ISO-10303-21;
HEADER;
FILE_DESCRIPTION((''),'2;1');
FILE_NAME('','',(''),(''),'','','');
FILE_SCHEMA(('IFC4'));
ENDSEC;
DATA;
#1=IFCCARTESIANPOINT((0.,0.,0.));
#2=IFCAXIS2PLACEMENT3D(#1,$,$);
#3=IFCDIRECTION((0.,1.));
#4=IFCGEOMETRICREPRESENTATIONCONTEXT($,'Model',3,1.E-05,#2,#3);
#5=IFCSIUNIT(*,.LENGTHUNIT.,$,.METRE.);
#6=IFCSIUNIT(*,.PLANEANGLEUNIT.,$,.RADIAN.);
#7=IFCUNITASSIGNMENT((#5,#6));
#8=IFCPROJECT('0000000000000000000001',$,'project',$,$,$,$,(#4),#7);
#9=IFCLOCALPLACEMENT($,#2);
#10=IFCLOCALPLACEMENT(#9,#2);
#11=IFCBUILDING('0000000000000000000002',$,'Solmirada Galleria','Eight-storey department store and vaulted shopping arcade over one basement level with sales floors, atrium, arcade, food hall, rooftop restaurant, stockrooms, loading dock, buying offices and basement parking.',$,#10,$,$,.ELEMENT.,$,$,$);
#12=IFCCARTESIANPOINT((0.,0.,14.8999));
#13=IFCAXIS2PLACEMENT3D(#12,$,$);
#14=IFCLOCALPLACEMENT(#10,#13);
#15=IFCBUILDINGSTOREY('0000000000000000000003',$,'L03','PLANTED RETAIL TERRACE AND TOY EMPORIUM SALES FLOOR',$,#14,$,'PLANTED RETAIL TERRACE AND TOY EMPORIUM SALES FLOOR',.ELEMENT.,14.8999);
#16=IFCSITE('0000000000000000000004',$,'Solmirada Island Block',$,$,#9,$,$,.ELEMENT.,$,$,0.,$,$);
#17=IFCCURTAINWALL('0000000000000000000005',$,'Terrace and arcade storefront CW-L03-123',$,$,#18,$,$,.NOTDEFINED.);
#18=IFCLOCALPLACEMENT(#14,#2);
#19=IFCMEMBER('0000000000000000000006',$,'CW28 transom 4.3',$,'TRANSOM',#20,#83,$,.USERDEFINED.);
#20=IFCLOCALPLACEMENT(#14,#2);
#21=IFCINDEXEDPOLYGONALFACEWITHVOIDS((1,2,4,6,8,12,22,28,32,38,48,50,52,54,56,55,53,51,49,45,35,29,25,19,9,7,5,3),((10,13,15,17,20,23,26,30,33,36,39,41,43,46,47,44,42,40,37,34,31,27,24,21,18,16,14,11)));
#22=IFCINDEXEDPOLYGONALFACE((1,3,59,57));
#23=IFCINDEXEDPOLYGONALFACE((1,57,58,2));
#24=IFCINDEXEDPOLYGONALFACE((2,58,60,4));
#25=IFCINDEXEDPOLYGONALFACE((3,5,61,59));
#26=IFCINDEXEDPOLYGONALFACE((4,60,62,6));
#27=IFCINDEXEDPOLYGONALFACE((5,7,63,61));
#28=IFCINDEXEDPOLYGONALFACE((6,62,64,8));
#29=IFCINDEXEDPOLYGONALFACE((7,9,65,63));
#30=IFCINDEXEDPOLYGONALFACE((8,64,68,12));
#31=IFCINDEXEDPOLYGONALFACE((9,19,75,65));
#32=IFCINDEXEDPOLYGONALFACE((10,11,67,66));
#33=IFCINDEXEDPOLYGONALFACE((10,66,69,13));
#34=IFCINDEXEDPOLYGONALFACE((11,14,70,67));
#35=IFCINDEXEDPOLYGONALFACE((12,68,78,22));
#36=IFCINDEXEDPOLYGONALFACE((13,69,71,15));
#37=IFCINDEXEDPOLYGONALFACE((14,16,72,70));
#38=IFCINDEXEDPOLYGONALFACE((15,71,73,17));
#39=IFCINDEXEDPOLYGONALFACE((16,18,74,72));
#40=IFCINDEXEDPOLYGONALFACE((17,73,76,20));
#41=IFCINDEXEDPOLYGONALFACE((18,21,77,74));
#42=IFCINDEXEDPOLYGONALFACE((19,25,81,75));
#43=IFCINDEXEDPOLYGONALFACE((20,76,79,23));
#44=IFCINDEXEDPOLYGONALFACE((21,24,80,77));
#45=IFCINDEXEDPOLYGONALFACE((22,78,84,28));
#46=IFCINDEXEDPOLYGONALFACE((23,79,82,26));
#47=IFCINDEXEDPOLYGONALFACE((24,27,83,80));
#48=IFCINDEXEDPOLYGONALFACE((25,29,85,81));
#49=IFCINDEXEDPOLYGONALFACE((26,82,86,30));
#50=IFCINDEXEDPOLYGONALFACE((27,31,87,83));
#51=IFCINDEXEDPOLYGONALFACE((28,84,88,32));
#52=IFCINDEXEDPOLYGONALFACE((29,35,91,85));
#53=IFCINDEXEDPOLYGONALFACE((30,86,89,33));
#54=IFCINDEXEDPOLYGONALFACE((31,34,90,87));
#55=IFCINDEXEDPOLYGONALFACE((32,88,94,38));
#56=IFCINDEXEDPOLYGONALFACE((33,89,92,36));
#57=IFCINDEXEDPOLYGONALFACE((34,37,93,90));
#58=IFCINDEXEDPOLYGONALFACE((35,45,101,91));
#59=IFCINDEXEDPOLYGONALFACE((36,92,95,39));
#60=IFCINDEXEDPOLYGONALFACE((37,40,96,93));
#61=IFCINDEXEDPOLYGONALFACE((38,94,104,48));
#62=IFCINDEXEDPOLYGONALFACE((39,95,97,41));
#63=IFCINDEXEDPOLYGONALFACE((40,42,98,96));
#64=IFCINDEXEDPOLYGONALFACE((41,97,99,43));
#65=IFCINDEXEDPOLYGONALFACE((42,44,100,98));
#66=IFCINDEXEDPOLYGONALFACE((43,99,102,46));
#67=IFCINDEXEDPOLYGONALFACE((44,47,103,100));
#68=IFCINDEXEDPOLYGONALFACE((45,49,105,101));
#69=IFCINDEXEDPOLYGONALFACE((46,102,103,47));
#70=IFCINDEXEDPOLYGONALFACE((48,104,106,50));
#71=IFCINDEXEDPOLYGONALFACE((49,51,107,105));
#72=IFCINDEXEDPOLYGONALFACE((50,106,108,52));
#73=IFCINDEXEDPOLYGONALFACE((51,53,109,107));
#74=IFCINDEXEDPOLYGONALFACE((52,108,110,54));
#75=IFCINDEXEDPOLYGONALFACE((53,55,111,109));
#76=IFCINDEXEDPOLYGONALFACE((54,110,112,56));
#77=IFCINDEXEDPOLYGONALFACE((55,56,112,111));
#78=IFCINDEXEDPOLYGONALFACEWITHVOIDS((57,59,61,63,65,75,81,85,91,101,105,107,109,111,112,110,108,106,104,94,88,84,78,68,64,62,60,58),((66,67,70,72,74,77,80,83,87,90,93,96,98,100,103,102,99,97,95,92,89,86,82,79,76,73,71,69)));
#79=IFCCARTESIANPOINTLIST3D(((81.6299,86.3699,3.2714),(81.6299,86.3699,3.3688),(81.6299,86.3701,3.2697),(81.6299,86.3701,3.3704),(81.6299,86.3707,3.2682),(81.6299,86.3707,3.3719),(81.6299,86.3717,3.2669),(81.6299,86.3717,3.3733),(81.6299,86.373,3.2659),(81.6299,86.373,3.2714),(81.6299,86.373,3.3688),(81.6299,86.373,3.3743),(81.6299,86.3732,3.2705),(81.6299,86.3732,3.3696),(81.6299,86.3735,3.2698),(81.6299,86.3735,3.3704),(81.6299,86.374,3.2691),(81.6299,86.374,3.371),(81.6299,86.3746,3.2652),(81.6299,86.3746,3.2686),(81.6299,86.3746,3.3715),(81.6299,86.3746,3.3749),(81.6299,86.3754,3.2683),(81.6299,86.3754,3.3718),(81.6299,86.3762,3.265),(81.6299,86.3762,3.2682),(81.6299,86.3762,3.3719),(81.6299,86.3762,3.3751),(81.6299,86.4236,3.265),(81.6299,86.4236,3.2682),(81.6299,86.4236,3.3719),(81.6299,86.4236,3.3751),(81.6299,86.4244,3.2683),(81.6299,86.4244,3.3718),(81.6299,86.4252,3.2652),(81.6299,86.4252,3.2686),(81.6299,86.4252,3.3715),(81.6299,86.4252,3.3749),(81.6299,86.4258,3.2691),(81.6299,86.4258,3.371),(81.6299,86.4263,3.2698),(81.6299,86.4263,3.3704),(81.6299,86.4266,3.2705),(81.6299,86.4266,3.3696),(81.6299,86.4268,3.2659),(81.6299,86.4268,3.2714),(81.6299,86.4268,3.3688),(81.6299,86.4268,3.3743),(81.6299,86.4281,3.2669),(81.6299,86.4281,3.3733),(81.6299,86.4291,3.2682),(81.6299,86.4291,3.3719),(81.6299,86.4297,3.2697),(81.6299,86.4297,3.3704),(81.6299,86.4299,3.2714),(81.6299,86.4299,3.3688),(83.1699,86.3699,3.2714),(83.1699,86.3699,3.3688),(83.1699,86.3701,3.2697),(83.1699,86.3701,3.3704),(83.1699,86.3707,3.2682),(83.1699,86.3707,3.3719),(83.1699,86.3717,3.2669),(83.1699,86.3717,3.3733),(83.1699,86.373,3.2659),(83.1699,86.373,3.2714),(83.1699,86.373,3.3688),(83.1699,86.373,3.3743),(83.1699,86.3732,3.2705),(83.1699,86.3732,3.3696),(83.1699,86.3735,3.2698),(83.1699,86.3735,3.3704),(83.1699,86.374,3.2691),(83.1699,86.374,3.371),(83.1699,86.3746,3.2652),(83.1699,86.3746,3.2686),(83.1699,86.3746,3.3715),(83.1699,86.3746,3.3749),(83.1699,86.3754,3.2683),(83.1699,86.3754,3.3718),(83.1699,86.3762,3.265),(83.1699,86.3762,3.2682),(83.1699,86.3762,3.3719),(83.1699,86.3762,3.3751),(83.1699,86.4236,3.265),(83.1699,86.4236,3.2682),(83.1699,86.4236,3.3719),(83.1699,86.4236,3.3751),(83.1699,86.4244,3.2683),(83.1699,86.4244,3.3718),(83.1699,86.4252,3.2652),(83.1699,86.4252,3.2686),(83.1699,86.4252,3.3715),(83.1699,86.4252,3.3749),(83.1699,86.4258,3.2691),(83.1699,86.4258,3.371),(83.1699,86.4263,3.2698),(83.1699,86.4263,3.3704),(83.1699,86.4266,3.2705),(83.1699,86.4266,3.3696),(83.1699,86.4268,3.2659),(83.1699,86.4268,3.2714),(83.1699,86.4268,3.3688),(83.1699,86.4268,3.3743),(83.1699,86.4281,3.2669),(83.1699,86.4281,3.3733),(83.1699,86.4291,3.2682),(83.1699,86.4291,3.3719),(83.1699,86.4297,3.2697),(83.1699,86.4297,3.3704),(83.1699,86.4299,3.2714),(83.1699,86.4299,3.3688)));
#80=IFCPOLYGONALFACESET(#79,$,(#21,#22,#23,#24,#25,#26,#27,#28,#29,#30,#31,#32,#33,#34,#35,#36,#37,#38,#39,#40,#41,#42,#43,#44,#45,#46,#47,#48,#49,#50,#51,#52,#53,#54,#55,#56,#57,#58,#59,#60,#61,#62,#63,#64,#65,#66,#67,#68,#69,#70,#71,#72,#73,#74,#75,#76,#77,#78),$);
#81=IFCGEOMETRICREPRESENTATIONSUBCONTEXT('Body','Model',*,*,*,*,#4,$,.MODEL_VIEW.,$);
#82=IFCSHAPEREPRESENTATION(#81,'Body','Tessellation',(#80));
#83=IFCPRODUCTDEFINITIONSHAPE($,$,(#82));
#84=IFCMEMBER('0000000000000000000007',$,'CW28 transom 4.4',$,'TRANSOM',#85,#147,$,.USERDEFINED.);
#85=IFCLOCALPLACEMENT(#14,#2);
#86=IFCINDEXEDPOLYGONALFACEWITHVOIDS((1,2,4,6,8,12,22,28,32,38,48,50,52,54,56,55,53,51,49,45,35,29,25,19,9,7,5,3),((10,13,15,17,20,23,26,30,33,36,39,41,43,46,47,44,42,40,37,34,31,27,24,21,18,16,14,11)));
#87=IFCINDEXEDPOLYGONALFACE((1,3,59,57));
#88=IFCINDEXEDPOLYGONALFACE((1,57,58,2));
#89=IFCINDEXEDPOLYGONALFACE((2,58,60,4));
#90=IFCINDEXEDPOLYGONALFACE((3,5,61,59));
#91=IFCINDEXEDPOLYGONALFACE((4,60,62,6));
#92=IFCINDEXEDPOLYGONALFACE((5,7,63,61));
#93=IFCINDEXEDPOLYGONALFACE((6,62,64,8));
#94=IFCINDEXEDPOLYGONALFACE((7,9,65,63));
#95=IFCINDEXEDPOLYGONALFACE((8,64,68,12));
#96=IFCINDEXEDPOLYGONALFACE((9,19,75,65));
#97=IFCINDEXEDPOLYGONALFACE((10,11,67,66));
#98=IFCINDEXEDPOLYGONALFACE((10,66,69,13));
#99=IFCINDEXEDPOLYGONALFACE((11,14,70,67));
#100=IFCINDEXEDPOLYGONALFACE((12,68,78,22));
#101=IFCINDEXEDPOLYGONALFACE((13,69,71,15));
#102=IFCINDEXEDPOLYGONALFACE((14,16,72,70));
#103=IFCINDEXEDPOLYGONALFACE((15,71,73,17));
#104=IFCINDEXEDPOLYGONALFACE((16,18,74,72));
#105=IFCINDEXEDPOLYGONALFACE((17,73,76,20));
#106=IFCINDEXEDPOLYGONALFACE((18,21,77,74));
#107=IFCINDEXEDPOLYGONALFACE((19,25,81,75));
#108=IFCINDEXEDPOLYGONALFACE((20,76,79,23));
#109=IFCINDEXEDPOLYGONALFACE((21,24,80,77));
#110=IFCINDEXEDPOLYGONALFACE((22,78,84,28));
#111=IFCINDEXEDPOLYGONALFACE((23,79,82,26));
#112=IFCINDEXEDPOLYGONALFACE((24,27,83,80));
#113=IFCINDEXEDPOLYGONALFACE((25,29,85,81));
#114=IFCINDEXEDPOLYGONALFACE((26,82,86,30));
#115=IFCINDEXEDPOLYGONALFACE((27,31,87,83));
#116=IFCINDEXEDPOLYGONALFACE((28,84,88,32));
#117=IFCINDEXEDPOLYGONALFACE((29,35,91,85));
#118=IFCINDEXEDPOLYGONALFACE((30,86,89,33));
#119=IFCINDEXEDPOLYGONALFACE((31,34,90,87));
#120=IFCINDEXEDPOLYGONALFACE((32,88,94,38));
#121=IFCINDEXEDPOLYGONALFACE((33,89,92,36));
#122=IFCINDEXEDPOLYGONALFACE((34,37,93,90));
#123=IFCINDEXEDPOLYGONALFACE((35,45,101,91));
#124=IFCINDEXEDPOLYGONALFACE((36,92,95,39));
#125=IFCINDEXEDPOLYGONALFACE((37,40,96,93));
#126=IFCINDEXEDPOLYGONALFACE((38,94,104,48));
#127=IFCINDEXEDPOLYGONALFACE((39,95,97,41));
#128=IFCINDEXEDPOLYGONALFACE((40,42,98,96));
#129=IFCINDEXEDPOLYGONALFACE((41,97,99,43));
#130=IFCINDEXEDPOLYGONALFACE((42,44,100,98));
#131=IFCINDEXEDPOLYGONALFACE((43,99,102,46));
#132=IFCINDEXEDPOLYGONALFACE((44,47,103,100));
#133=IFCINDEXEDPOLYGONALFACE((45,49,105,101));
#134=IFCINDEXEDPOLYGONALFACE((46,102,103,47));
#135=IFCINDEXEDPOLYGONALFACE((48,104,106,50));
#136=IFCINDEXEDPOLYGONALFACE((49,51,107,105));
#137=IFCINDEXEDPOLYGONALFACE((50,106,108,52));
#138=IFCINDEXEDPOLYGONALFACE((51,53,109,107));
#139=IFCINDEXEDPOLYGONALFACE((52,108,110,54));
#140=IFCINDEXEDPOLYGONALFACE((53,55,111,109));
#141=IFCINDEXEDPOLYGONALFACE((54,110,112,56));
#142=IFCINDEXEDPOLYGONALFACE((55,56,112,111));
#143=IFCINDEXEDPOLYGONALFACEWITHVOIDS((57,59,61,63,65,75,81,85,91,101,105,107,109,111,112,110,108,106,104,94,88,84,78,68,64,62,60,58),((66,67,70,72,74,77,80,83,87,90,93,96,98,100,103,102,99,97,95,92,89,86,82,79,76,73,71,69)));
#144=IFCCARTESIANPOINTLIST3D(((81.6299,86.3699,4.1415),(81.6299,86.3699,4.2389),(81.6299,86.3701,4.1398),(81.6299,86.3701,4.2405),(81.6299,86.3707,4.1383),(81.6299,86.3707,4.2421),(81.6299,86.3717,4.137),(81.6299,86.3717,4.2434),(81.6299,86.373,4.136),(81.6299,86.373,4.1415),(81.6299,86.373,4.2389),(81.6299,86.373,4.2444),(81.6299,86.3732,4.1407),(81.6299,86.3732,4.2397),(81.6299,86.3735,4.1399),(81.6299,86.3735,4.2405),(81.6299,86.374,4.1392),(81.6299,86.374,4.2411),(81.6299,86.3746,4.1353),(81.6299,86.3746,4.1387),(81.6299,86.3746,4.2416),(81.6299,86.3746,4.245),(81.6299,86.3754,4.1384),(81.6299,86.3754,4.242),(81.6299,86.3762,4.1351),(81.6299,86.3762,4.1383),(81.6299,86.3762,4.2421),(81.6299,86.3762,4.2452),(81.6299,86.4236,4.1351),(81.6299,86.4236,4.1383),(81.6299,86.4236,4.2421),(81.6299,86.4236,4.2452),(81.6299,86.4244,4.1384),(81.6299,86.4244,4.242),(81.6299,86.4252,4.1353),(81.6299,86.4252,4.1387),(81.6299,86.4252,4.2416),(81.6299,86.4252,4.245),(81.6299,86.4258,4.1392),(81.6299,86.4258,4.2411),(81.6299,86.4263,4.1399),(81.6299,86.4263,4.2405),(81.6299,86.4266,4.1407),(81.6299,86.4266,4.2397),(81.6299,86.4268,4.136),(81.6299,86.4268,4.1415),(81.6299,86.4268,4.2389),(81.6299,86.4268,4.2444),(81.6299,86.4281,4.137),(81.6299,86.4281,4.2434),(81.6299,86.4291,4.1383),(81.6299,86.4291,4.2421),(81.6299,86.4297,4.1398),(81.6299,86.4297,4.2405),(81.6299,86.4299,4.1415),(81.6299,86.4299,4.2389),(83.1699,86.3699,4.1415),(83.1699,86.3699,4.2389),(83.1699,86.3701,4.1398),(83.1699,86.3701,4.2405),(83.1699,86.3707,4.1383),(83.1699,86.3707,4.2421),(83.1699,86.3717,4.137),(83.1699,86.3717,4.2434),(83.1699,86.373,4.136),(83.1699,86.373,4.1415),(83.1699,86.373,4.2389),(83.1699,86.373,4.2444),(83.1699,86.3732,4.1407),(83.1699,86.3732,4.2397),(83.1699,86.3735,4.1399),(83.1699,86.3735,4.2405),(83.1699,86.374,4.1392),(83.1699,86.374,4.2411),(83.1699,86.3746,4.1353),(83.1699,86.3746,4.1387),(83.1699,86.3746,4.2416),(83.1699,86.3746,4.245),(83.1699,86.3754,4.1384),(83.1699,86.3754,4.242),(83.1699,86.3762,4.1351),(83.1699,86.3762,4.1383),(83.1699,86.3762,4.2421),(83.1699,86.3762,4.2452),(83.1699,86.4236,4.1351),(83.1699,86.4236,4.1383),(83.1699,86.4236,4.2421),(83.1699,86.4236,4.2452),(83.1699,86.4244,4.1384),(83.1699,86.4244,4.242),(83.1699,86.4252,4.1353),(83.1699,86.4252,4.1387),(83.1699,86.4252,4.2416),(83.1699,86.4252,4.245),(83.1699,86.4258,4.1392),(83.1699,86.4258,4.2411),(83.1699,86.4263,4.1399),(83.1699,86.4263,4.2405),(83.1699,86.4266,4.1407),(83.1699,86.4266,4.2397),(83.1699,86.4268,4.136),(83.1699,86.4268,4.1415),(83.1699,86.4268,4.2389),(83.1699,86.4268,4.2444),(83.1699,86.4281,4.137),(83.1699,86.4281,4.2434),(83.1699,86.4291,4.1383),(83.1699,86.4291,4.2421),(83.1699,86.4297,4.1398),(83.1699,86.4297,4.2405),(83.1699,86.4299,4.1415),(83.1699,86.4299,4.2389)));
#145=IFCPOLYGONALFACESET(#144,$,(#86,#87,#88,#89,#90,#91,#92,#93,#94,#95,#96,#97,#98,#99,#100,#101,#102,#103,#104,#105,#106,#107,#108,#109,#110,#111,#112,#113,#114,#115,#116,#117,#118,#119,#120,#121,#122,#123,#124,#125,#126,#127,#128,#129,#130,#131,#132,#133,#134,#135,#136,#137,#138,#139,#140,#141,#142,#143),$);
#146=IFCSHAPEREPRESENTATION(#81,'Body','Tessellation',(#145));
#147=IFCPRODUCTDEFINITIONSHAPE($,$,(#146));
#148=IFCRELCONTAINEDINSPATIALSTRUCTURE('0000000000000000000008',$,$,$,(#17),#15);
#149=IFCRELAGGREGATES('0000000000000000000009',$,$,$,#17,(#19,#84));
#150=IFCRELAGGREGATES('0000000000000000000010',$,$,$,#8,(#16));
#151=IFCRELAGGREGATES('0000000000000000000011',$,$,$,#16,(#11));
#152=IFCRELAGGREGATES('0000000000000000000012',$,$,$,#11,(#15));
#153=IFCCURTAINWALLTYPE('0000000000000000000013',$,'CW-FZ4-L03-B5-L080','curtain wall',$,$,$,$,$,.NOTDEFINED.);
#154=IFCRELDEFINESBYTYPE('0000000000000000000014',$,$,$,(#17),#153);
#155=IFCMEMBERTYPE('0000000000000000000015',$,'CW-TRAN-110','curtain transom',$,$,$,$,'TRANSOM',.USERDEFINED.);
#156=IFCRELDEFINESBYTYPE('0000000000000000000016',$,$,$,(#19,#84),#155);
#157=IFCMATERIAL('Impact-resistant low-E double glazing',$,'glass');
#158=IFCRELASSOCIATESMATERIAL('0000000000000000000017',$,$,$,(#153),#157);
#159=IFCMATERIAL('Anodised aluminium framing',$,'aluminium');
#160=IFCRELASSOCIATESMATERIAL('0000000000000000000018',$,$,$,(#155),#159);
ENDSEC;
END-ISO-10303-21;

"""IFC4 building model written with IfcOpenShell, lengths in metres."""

from ifc_helpers import new_model, si_unit, direction, frame, origin, origin_2d, place, context, subcontext, project, spatial, hollow_rectangle, extrude, material, material_profile, profile_set, type_object, element, aggregate, save


model = new_model("IFC4")

# Units and contexts
model_context = context("Model", 3, precision=1e-05, world=origin(), true_north=direction((0.0, 1.0)))
body_context = subcontext(model_context, "Body", "Model", "MODEL_VIEW")
ifc_project = project(units=[si_unit("LENGTHUNIT", "METRE"), si_unit("PLANEANGLEUNIT", "RADIAN")], contexts=[model_context])

# Site, building, storey
site_placement = place(None, origin())
site = spatial("IfcSite", under=ifc_project, at=site_placement, Name="Solmirada Island Block", CompositionType="ELEMENT", RefElevation=0.0)
building_placement = place(site_placement, origin())
building = spatial("IfcBuilding", under=site, at=building_placement, Name="Solmirada Galleria", Description="Eight-storey department store and vaulted shopping arcade over one basement level with sales floors, atrium, arcade, food hall, rooftop restaurant, stockrooms, loading dock, buying offices and basement parking.", CompositionType="ELEMENT")
storey_placement = place(building_placement, frame((0.0, 0.0, 14.8999)))
storey = spatial("IfcBuildingStorey", under=building, at=storey_placement, Name="L03", Description="PLANTED RETAIL TERRACE AND TOY EMPORIUM SALES FLOOR", LongName="PLANTED RETAIL TERRACE AND TOY EMPORIUM SALES FLOOR", CompositionType="ELEMENT", Elevation=14.8999)

# Curtain wall, members
ifc_material_1 = material(Name="Impact-resistant low-E double glazing", Category="glass")
curtain_wall_type = type_object("IfcCurtainWallType", Name="CW-FZ4-L03-B5-L080", Description="curtain wall", PredefinedType="NOTDEFINED", material=ifc_material_1)
curtain_wall_placement = place(storey_placement, origin())
curtain_wall = element("IfcCurtainWall", 1, at=curtain_wall_placement, inside=storey, type_object=curtain_wall_type, Name="Terrace and arcade storefront CW-L03-123", PredefinedType="NOTDEFINED")
ifc_material_2 = material(Name="Anodised aluminium framing", Category="aluminium")
ifc_material_profile_1 = material_profile(ifc_material_2, hollow_rectangle(XDim=0.0601, YDim=0.1101, WallThickness=0.0032, InnerFilletRadius=0.0032, OuterFilletRadius=0.0063, at=origin_2d()), Name="ALU-TRAN-110X60")
ifc_profile_set_1 = profile_set([ifc_material_profile_1], Name="Anodised aluminium framing")
member_type_1 = type_object("IfcMemberType", Name="CW-TRAN-110", Description="curtain transom", ElementType="TRANSOM", PredefinedType="USERDEFINED", material=ifc_profile_set_1)
member_1_placement = place(storey_placement, frame((83.1699, 86.3999, 3.3201), z_axis=(-1.0, 0.0, 0.0), x_axis=(0.0, -1.0, 0.0)))
member_1 = element("IfcMember", 2, at=member_1_placement, type_object=member_type_1, Name="CW28 transom 4.3", ObjectType="TRANSOM", PredefinedType="USERDEFINED", context=body_context, shape_type="SweptSolid", body=[
    extrude(hollow_rectangle(XDim=0.0601, YDim=0.1101, WallThickness=0.0032, InnerFilletRadius=0.0032, OuterFilletRadius=0.0063, at=origin_2d()), origin(), (0.0, 0.0, 1.0), 1.54),
])
member_2_placement = place(storey_placement, frame((83.1699, 86.3999, 4.1902), z_axis=(-1.0, 0.0, 0.0), x_axis=(0.0, -1.0, 0.0)))
member_2 = element("IfcMember", 3, at=member_2_placement, type_object=member_type_1, Name="CW28 transom 4.4", ObjectType="TRANSOM", PredefinedType="USERDEFINED", context=body_context, shape_type="SweptSolid", body=[
    extrude(hollow_rectangle(XDim=0.0601, YDim=0.1101, WallThickness=0.0032, InnerFilletRadius=0.0032, OuterFilletRadius=0.0063, at=origin_2d()), origin(), (0.0, 0.0, 1.0), 1.54),
])
aggregate(curtain_wall, [member_1, member_2])

save(model, "model.ifc")
